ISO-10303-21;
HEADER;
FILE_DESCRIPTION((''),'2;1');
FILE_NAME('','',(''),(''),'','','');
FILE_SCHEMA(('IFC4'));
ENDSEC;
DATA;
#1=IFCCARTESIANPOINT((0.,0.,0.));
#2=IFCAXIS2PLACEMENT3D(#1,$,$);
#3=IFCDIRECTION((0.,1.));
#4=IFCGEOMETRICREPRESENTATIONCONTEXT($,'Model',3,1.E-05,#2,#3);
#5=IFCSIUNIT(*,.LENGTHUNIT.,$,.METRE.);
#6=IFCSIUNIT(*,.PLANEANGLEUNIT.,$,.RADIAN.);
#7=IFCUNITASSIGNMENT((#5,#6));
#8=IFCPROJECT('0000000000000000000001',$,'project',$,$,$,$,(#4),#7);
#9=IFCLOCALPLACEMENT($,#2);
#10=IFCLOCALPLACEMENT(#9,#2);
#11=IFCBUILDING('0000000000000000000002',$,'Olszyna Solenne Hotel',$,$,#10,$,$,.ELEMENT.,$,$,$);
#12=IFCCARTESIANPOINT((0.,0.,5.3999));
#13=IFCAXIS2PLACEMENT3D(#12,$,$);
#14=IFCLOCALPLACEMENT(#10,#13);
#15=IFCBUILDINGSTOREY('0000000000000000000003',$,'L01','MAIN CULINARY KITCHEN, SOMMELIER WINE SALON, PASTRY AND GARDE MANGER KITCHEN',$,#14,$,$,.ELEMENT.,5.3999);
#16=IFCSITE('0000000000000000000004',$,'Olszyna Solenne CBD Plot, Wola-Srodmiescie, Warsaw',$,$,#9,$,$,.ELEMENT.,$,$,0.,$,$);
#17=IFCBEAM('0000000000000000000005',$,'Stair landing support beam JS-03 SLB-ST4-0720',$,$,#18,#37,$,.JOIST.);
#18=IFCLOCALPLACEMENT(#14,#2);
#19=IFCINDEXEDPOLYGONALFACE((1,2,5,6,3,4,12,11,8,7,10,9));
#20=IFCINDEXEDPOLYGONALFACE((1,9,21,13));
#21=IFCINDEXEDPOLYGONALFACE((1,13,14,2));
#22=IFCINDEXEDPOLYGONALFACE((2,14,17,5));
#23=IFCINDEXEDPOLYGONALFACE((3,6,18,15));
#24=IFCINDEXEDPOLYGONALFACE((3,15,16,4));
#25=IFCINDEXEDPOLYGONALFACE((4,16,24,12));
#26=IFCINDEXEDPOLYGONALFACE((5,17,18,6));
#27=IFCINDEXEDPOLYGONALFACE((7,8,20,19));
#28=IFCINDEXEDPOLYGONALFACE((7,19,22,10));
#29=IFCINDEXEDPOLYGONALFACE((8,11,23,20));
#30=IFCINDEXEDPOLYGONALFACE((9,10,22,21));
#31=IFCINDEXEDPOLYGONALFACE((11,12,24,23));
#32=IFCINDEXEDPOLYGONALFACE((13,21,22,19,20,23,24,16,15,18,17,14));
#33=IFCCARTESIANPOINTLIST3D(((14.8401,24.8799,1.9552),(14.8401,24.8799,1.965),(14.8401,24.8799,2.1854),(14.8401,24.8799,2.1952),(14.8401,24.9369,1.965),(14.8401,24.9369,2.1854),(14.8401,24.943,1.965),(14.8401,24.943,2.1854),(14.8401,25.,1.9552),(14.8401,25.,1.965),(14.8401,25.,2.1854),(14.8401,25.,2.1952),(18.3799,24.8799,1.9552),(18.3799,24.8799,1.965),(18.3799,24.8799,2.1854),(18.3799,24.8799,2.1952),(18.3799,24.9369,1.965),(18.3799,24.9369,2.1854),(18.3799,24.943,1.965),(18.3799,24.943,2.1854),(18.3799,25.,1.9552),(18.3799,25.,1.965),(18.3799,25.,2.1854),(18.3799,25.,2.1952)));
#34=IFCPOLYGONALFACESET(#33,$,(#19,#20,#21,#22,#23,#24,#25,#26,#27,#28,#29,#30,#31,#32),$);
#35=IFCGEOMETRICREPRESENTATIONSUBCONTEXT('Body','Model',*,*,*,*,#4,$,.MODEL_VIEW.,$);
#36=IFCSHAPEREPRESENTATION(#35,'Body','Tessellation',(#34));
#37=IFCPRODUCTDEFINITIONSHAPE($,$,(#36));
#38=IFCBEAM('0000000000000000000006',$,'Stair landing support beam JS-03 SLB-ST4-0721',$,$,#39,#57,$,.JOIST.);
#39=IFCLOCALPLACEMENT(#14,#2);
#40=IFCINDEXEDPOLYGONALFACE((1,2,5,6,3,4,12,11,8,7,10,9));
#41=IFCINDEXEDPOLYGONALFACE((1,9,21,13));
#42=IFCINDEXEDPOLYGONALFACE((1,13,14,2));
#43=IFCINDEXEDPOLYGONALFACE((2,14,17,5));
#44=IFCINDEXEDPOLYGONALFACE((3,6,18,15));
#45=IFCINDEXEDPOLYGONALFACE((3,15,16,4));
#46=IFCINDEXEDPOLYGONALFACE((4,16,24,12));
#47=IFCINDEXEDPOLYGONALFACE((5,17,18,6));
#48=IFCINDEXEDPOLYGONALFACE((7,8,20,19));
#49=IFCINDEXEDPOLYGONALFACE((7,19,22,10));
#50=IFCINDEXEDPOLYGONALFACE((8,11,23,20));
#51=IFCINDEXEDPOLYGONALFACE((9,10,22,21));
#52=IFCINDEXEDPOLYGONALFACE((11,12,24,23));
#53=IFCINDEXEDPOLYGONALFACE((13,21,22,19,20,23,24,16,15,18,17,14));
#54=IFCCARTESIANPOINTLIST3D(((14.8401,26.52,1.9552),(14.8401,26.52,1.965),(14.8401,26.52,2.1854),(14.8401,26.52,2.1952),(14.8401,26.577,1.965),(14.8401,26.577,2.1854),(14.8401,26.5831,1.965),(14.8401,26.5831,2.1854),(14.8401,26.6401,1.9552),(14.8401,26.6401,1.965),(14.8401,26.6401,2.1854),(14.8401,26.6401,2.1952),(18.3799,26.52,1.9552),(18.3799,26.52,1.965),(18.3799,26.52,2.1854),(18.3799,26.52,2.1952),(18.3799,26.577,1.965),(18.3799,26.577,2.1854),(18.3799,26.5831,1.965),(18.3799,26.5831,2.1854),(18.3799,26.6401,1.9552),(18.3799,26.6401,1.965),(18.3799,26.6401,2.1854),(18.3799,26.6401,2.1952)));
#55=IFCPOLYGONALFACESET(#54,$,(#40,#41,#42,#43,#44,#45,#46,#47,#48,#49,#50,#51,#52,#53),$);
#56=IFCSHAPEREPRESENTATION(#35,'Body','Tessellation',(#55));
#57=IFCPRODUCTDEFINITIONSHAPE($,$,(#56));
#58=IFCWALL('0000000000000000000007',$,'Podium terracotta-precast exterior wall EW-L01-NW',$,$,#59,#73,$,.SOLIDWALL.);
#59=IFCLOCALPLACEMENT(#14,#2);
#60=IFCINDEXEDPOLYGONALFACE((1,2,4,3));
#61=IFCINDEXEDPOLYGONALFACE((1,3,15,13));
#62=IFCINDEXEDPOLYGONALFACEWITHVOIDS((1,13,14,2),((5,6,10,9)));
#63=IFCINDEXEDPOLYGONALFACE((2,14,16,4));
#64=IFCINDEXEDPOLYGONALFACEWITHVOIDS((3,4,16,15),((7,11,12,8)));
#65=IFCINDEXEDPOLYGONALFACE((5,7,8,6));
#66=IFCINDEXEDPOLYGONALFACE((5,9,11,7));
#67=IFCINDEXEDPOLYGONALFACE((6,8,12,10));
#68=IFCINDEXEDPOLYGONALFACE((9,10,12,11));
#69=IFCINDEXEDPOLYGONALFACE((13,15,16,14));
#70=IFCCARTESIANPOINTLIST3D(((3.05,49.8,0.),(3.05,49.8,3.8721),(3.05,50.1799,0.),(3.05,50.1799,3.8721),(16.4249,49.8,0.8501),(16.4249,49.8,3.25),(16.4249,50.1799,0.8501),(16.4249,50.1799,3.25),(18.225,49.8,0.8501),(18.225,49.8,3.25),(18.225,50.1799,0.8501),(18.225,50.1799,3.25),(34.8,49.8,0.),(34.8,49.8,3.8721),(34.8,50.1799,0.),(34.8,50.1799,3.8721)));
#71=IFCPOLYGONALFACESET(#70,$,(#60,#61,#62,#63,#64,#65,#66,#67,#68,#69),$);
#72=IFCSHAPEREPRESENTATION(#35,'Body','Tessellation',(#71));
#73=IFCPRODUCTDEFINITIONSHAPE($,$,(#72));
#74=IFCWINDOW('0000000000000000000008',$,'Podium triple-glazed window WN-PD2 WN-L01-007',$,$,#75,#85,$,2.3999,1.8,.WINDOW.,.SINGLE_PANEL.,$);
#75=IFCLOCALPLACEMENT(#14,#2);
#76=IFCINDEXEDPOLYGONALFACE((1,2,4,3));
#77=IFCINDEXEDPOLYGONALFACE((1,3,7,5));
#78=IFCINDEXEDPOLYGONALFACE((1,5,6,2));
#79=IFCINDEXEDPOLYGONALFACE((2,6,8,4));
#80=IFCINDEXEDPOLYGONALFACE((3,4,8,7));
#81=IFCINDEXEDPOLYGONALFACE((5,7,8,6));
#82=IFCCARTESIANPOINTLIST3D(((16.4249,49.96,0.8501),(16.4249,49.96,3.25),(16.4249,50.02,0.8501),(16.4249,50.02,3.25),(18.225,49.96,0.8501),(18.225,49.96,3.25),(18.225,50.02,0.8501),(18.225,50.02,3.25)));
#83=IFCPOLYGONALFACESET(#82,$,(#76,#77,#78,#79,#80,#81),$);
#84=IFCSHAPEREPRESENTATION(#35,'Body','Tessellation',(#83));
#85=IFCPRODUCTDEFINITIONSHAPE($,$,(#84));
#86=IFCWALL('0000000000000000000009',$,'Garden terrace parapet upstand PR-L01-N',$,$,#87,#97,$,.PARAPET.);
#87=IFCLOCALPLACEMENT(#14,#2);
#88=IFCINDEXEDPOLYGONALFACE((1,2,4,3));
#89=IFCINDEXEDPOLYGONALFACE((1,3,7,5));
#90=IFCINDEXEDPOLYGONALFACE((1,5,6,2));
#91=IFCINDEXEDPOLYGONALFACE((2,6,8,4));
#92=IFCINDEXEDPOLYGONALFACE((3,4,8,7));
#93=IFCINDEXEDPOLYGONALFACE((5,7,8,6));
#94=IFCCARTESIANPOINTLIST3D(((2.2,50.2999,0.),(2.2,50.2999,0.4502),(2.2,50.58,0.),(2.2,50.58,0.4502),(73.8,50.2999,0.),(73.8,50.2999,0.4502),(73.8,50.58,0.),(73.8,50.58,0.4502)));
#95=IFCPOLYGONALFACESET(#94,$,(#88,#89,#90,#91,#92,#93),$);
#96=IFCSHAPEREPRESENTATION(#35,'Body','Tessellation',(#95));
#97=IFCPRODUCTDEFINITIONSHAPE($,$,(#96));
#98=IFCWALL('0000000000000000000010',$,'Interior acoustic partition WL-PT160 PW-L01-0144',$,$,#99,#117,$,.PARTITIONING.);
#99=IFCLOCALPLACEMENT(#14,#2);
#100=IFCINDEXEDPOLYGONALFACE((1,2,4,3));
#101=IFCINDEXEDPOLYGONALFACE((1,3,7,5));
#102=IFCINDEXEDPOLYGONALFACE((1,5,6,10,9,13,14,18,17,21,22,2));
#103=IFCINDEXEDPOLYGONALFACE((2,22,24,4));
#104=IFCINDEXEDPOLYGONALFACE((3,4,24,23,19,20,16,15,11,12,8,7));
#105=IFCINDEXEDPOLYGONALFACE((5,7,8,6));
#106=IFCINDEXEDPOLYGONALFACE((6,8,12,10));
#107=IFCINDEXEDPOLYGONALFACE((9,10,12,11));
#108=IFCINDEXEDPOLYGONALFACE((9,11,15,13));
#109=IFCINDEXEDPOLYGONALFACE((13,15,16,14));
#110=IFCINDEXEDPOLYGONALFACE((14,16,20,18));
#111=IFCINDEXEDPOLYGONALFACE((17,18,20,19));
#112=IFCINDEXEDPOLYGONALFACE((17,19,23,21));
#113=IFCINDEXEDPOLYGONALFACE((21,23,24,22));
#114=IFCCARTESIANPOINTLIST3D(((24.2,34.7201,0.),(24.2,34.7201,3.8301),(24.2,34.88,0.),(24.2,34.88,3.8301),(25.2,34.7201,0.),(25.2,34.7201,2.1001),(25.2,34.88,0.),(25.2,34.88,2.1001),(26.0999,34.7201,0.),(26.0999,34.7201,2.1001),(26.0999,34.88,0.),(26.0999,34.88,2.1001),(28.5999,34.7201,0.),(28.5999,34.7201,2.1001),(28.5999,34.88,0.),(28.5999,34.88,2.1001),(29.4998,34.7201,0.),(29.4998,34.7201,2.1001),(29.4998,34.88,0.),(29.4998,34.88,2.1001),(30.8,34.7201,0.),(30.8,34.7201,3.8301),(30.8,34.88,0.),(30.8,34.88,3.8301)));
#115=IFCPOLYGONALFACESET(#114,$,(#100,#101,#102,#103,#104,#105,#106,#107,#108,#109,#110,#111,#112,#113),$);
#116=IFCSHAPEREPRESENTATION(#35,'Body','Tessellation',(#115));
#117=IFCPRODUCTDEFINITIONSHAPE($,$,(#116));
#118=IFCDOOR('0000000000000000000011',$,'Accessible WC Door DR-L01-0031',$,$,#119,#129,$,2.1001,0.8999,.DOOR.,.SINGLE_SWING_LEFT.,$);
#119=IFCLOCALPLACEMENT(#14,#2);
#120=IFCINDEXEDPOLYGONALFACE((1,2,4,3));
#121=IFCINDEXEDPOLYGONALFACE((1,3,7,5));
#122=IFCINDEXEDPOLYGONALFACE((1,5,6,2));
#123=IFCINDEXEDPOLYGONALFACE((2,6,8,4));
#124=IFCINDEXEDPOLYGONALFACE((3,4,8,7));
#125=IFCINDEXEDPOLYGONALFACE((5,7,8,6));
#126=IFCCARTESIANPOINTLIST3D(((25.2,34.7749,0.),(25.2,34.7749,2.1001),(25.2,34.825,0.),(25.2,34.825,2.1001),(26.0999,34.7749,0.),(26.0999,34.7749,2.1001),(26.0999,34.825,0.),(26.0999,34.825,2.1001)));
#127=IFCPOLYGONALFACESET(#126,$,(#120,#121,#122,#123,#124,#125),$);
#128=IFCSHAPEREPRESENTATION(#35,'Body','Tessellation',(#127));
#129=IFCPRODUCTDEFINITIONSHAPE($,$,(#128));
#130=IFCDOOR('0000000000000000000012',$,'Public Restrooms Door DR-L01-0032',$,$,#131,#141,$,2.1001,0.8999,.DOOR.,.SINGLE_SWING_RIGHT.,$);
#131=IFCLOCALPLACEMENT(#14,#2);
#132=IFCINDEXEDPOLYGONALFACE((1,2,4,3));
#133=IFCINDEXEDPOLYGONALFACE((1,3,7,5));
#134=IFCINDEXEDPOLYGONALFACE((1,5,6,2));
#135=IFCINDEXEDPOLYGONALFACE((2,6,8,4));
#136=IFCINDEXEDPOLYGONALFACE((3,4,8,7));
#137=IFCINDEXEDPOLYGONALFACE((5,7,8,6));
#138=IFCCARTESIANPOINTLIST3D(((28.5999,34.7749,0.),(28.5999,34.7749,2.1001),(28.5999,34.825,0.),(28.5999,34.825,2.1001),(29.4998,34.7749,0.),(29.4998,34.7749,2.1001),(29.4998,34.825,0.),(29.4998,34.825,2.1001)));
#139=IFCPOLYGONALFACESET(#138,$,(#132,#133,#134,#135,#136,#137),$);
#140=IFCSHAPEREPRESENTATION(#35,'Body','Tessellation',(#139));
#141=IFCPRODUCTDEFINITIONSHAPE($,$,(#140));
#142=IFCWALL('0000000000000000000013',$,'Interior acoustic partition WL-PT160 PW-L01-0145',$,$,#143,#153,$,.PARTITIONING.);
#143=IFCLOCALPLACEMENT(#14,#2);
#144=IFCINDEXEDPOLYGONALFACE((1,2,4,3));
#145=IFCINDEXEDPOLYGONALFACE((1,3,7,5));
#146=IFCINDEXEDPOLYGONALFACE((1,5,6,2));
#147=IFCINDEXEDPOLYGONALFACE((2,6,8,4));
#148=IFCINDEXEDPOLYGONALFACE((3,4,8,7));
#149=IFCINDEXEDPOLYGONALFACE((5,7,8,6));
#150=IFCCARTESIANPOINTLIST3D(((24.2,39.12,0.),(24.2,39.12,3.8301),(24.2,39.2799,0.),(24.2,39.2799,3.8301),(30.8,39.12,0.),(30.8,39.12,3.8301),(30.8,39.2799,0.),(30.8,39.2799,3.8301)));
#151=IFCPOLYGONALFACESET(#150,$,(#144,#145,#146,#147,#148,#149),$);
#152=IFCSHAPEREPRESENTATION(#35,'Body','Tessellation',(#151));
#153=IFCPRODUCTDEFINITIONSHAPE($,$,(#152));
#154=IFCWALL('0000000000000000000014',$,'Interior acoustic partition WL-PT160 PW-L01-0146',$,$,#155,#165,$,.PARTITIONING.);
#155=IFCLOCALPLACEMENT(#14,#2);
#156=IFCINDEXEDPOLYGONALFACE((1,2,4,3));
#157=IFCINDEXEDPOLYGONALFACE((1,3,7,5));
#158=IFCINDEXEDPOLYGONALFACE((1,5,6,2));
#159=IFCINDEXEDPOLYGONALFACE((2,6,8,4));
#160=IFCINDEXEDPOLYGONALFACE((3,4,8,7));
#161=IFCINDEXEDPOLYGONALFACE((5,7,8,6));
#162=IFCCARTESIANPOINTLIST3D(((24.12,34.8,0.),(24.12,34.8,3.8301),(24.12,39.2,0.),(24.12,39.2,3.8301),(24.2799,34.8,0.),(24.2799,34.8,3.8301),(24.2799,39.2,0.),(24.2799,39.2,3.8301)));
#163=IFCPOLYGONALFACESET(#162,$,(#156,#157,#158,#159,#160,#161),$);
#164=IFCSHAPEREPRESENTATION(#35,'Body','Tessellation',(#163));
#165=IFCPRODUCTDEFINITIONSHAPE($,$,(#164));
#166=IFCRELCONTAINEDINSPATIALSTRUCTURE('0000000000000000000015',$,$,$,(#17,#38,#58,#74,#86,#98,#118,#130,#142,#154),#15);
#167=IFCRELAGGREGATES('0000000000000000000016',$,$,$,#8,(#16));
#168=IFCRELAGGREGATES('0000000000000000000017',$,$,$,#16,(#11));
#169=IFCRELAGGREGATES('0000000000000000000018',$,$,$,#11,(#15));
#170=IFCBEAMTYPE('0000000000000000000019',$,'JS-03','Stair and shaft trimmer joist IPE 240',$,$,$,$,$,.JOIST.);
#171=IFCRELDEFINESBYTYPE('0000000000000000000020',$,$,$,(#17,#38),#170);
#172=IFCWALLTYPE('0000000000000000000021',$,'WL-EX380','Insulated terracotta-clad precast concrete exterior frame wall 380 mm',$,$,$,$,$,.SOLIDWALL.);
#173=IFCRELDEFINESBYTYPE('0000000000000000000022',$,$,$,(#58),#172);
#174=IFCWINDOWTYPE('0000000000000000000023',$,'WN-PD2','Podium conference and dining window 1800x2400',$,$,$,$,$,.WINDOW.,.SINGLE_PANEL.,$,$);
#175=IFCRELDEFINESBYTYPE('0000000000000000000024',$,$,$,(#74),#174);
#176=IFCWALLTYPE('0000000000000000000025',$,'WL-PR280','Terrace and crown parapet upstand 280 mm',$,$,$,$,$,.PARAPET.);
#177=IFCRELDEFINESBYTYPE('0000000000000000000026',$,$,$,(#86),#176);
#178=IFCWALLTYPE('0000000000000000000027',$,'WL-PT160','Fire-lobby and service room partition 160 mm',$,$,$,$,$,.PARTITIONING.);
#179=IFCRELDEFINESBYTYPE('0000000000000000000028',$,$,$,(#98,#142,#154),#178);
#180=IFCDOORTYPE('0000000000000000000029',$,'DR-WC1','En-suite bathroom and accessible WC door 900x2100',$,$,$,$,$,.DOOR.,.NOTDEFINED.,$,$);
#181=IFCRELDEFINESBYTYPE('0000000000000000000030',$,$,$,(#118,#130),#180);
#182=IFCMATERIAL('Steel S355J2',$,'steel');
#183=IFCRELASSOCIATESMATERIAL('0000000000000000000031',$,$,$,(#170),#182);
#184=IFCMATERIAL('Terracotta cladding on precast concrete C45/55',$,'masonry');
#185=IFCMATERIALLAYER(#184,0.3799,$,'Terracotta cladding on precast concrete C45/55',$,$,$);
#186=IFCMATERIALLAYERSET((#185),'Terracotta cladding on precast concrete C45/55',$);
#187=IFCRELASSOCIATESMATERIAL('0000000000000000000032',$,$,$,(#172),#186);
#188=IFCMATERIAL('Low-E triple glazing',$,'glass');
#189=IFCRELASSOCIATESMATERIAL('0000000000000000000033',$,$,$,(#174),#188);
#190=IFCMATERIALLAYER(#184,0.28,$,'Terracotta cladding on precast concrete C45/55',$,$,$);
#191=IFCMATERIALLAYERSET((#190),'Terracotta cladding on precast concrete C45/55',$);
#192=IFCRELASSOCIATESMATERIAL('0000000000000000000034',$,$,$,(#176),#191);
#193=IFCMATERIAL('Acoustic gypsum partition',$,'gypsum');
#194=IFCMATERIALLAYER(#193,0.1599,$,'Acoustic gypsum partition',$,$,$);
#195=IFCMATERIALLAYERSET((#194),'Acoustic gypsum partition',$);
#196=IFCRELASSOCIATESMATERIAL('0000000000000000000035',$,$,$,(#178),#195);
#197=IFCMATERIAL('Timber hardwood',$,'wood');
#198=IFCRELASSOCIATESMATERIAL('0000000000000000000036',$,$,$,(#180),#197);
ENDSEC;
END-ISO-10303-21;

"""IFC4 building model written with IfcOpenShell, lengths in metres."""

from ifc_helpers import new_model, si_unit, direction, frame, frame_2d, origin, origin_2d, place, context, subcontext, project, spatial, rectangle, i_section, extrude, source, transform, mapped, material, layer, layer_set, material_profile, profile_set, type_object, type_shapes, element, fill, save


model = new_model("IFC4")

# Units and contexts
model_context = context("Model", 3, precision=1e-05, world=origin(), true_north=direction((0.0, 1.0)))
body_context = subcontext(model_context, "Body", "Model", "MODEL_VIEW")
ifc_project = project(units=[si_unit("LENGTHUNIT", "METRE"), si_unit("PLANEANGLEUNIT", "RADIAN")], contexts=[model_context])

# Site, building, storey
site_placement = place(None, origin())
site = spatial("IfcSite", under=ifc_project, at=site_placement, Name="Olszyna Solenne CBD Plot, Wola-Srodmiescie, Warsaw", CompositionType="ELEMENT", RefElevation=0.0)
building_placement = place(site_placement, origin())
building = spatial("IfcBuilding", under=site, at=building_placement, Name="Olszyna Solenne Hotel", CompositionType="ELEMENT")
storey_placement = place(building_placement, frame((0.0, 0.0, 5.3999)))
storey = spatial("IfcBuildingStorey", under=building, at=storey_placement, Name="L01", Description="MAIN CULINARY KITCHEN, SOMMELIER WINE SALON, PASTRY AND GARDE MANGER KITCHEN", CompositionType="ELEMENT", Elevation=5.3999)

# Beams
ifc_material_1 = material(Name="Steel S355J2", Category="steel")
ifc_material_profile_1 = material_profile(ifc_material_1, i_section(OverallWidth=0.1201, OverallDepth=0.24, WebThickness=0.0061, FlangeThickness=0.0098, at=origin_2d()), Name="IPE 240", Category="load-bearing")
ifc_profile_set_1 = profile_set([ifc_material_profile_1], Name="Steel S355J2")
beam_type_1 = type_object("IfcBeamType", Name="JS-03", Description="Stair and shaft trimmer joist IPE 240", PredefinedType="JOIST", material=ifc_profile_set_1)
shared_shape_1 = source(origin(), body_context, "Body", "SweptSolid", [
    extrude(i_section(OverallWidth=0.1201, OverallDepth=0.24, WebThickness=0.0061, FlangeThickness=0.0098, at=origin_2d()), origin(), (0.0, 0.0, 1.0), 3.5398),
])
for number, where, z_axis, x_axis, name in (
    (1, (18.3799, 24.9399, 2.0752), (-1.0, 0.0, 0.0), (0.0, -1.0, 0.0), "Stair landing support beam JS-03 SLB-ST4-0720"),
    (2, (18.3799, 26.5801, 2.0752), (-1.0, 0.0, 0.0), (0.0, -1.0, 0.0), "Stair landing support beam JS-03 SLB-ST4-0721"),
):
    element("IfcBeam", number, at=place(storey_placement, frame(where, z_axis=z_axis, x_axis=x_axis)), inside=storey, type_object=beam_type_1, Name=name, PredefinedType="JOIST", context=body_context, shape_type="MappedRepresentation", body=[
        mapped(shared_shape_1, transform((0.0, 0.0, 0.0), x_axis=(1.0, 0.0, 0.0), y_axis=(0.0, 1.0, 0.0), z_axis=(0.0, 0.0, 1.0), scale=1.0)),
    ])

# Wall, opening, window
ifc_material_2 = material(Name="Terracotta cladding on precast concrete C45/55", Category="masonry")
ifc_layer_1 = layer(ifc_material_2, 0.3799, Name="Terracotta cladding on precast concrete C45/55")
ifc_layer_set_1 = layer_set([ifc_layer_1], Name="Terracotta cladding on precast concrete C45/55")
wall_type_1 = type_object("IfcWallType", Name="WL-EX380", Description="Insulated terracotta-clad precast concrete exterior frame wall 380 mm", PredefinedType="SOLIDWALL", material=ifc_layer_set_1)
wall_1_placement = place(storey_placement, frame((3.05, 49.99, 0.0), z_axis=(0.0, 0.0, 1.0), x_axis=(1.0, 0.0, 0.0)))
wall_1 = element("IfcWall", 3, at=wall_1_placement, inside=storey, type_object=wall_type_1, Name="Podium terracotta-precast exterior wall EW-L01-NW", PredefinedType="SOLIDWALL", context=body_context, shape_type="SweptSolid", body=[
    extrude(rectangle(XDim=31.75, YDim=0.3799, at=frame_2d((15.875, 0.0))), origin(), (0.0, 0.0, 1.0), 3.8721),
])
opening_1_placement = place(wall_1_placement, frame((13.375, 0.0, 0.8501)))
opening_1 = element("IfcOpeningElement", 4, at=opening_1_placement, cuts=wall_1, PredefinedType="OPENING", context=body_context, shape_type="SweptSolid", body=[
    extrude(rectangle(XDim=1.8, YDim=2.3999, at=frame_2d((0.8999, 1.2))), frame((0.0, 0.2, 0.0), z_axis=(0.0, -1.0, 0.0), x_axis=(1.0, 0.0, 0.0)), (0.0, 0.0, 1.0), 0.3999),
])
ifc_material_3 = material(Name="Low-E triple glazing", Category="glass")
window_type = type_object("IfcWindowType", Name="WN-PD2", Description="Podium conference and dining window 1800x2400", PartitioningType="SINGLE_PANEL", PredefinedType="WINDOW", material=ifc_material_3)
shared_shape_2 = source(origin(), body_context, "Body", "SweptSolid", [
    extrude(rectangle(XDim=1.8, YDim=2.3999, at=frame_2d((0.8999, 1.2))), frame((0.0, 0.03, 0.0), z_axis=(0.0, -1.0, 0.0), x_axis=(1.0, 0.0, 0.0)), (0.0, 0.0, 1.0), 0.0601),
])
type_shapes(window_type, [shared_shape_2])
window_placement = place(opening_1_placement, origin())
window = element("IfcWindow", 5, at=window_placement, inside=storey, type_object=window_type, Name="Podium triple-glazed window WN-PD2 WN-L01-007", OverallHeight=2.3999, OverallWidth=1.8, PartitioningType="SINGLE_PANEL", PredefinedType="WINDOW", context=body_context, shape_type="MappedRepresentation", body=[
    mapped(shared_shape_2, transform((0.0, 0.0, 0.0), x_axis=(1.0, 0.0, 0.0), y_axis=(0.0, 1.0, 0.0), z_axis=(0.0, 0.0, 1.0), scale=1.0)),
])
fill(opening_1, window)

# Wall
ifc_layer_2 = layer(ifc_material_2, 0.28, Name="Terracotta cladding on precast concrete C45/55")
ifc_layer_set_2 = layer_set([ifc_layer_2], Name="Terracotta cladding on precast concrete C45/55")
wall_type_2 = type_object("IfcWallType", Name="WL-PR280", Description="Terrace and crown parapet upstand 280 mm", PredefinedType="PARAPET", material=ifc_layer_set_2)
wall_2_placement = place(storey_placement, frame((2.2, 50.4399, 0.0), z_axis=(0.0, 0.0, 1.0), x_axis=(1.0, 0.0, 0.0)))
element("IfcWall", 6, at=wall_2_placement, inside=storey, type_object=wall_type_2, Name="Garden terrace parapet upstand PR-L01-N", PredefinedType="PARAPET", context=body_context, shape_type="SweptSolid", body=[
    extrude(rectangle(XDim=71.6001, YDim=0.28, at=frame_2d((35.8, 0.0))), origin(), (0.0, 0.0, 1.0), 0.4502),
])

# Wall, openings, doors
ifc_material_4 = material(Name="Acoustic gypsum partition", Category="gypsum")
ifc_layer_3 = layer(ifc_material_4, 0.1599, Name="Acoustic gypsum partition")
ifc_layer_set_3 = layer_set([ifc_layer_3], Name="Acoustic gypsum partition")
wall_type_3 = type_object("IfcWallType", Name="WL-PT160", Description="Fire-lobby and service room partition 160 mm", PredefinedType="PARTITIONING", material=ifc_layer_set_3)
wall_3_placement = place(storey_placement, frame((24.2, 34.8, 0.0), z_axis=(0.0, 0.0, 1.0), x_axis=(1.0, 0.0, 0.0)))
wall_3 = element("IfcWall", 7, at=wall_3_placement, inside=storey, type_object=wall_type_3, Name="Interior acoustic partition WL-PT160 PW-L01-0144", PredefinedType="PARTITIONING", context=body_context, shape_type="SweptSolid", body=[
    extrude(rectangle(XDim=6.6001, YDim=0.1599, at=frame_2d((3.3, 0.0))), origin(), (0.0, 0.0, 1.0), 3.8301),
])
opening_2_placement = place(wall_3_placement, frame((1.0, 0.0, 0.0)))
opening_2 = element("IfcOpeningElement", 8, at=opening_2_placement, cuts=wall_3, PredefinedType="OPENING", context=body_context, shape_type="SweptSolid", body=[
    extrude(rectangle(XDim=0.8999, YDim=2.1001, at=frame_2d((0.45, 1.05))), frame((0.0, 0.0898, 0.0), z_axis=(0.0, -1.0, 0.0), x_axis=(1.0, 0.0, 0.0)), (0.0, 0.0, 1.0), 0.1799),
])
opening_3_placement = place(wall_3_placement, frame((4.3999, 0.0, 0.0)))
opening_3 = element("IfcOpeningElement", 9, at=opening_3_placement, cuts=wall_3, PredefinedType="OPENING", context=body_context, shape_type="SweptSolid", body=[
    extrude(rectangle(XDim=0.8999, YDim=2.1001, at=frame_2d((0.45, 1.05))), frame((0.0, 0.0898, 0.0), z_axis=(0.0, -1.0, 0.0), x_axis=(1.0, 0.0, 0.0)), (0.0, 0.0, 1.0), 0.1799),
])
ifc_material_5 = material(Name="Timber hardwood", Category="wood")
door_type_1 = type_object("IfcDoorType", Name="DR-WC1", Description="En-suite bathroom and accessible WC door 900x2100", OperationType="NOTDEFINED", PredefinedType="DOOR", material=ifc_material_5)
shared_shape_3 = source(origin(), body_context, "Body", "SweptSolid", [
    extrude(rectangle(XDim=0.8999, YDim=2.1001, at=frame_2d((0.45, 1.05))), frame((0.0, 0.0249, 0.0), z_axis=(0.0, -1.0, 0.0), x_axis=(1.0, 0.0, 0.0)), (0.0, 0.0, 1.0), 0.05),
])
type_shapes(door_type_1, [shared_shape_3])
door_1_placement = place(opening_2_placement, origin())
door_1 = element("IfcDoor", 10, at=door_1_placement, inside=storey, type_object=door_type_1, Name="Accessible WC Door DR-L01-0031", OperationType="SINGLE_SWING_LEFT", OverallHeight=2.1001, OverallWidth=0.8999, PredefinedType="DOOR", context=body_context, shape_type="MappedRepresentation", body=[
    mapped(shared_shape_3, transform((0.0, 0.0, 0.0), x_axis=(1.0, 0.0, 0.0), y_axis=(0.0, 1.0, 0.0), z_axis=(0.0, 0.0, 1.0), scale=1.0)),
])
fill(opening_2, door_1)
door_2_placement = place(opening_3_placement, origin())
door_2 = element("IfcDoor", 11, at=door_2_placement, inside=storey, type_object=door_type_1, Name="Public Restrooms Door DR-L01-0032", OperationType="SINGLE_SWING_RIGHT", OverallHeight=2.1001, OverallWidth=0.8999, PredefinedType="DOOR", context=body_context, shape_type="MappedRepresentation", body=[
    mapped(shared_shape_3, transform((0.0, 0.0, 0.0), x_axis=(1.0, 0.0, 0.0), y_axis=(0.0, 1.0, 0.0), z_axis=(0.0, 0.0, 1.0), scale=1.0)),
])
fill(opening_3, door_2)

# Walls
wall_4_placement = place(storey_placement, frame((24.2, 39.2, 0.0), z_axis=(0.0, 0.0, 1.0), x_axis=(1.0, 0.0, 0.0)))
element("IfcWall", 12, at=wall_4_placement, inside=storey, type_object=wall_type_3, Name="Interior acoustic partition WL-PT160 PW-L01-0145", PredefinedType="PARTITIONING", context=body_context, shape_type="SweptSolid", body=[
    extrude(rectangle(XDim=6.6001, YDim=0.1599, at=frame_2d((3.3, 0.0))), origin(), (0.0, 0.0, 1.0), 3.8301),
])
wall_5_placement = place(storey_placement, frame((24.2, 34.8, 0.0), z_axis=(0.0, 0.0, 1.0), x_axis=(0.0, 1.0, 0.0)))
element("IfcWall", 13, at=wall_5_placement, inside=storey, type_object=wall_type_3, Name="Interior acoustic partition WL-PT160 PW-L01-0146", PredefinedType="PARTITIONING", context=body_context, shape_type="SweptSolid", body=[
    extrude(rectangle(XDim=4.3999, YDim=0.1599, at=frame_2d((2.2, 0.0))), origin(), (0.0, 0.0, 1.0), 3.8301),
])

save(model, "model.ifc")
